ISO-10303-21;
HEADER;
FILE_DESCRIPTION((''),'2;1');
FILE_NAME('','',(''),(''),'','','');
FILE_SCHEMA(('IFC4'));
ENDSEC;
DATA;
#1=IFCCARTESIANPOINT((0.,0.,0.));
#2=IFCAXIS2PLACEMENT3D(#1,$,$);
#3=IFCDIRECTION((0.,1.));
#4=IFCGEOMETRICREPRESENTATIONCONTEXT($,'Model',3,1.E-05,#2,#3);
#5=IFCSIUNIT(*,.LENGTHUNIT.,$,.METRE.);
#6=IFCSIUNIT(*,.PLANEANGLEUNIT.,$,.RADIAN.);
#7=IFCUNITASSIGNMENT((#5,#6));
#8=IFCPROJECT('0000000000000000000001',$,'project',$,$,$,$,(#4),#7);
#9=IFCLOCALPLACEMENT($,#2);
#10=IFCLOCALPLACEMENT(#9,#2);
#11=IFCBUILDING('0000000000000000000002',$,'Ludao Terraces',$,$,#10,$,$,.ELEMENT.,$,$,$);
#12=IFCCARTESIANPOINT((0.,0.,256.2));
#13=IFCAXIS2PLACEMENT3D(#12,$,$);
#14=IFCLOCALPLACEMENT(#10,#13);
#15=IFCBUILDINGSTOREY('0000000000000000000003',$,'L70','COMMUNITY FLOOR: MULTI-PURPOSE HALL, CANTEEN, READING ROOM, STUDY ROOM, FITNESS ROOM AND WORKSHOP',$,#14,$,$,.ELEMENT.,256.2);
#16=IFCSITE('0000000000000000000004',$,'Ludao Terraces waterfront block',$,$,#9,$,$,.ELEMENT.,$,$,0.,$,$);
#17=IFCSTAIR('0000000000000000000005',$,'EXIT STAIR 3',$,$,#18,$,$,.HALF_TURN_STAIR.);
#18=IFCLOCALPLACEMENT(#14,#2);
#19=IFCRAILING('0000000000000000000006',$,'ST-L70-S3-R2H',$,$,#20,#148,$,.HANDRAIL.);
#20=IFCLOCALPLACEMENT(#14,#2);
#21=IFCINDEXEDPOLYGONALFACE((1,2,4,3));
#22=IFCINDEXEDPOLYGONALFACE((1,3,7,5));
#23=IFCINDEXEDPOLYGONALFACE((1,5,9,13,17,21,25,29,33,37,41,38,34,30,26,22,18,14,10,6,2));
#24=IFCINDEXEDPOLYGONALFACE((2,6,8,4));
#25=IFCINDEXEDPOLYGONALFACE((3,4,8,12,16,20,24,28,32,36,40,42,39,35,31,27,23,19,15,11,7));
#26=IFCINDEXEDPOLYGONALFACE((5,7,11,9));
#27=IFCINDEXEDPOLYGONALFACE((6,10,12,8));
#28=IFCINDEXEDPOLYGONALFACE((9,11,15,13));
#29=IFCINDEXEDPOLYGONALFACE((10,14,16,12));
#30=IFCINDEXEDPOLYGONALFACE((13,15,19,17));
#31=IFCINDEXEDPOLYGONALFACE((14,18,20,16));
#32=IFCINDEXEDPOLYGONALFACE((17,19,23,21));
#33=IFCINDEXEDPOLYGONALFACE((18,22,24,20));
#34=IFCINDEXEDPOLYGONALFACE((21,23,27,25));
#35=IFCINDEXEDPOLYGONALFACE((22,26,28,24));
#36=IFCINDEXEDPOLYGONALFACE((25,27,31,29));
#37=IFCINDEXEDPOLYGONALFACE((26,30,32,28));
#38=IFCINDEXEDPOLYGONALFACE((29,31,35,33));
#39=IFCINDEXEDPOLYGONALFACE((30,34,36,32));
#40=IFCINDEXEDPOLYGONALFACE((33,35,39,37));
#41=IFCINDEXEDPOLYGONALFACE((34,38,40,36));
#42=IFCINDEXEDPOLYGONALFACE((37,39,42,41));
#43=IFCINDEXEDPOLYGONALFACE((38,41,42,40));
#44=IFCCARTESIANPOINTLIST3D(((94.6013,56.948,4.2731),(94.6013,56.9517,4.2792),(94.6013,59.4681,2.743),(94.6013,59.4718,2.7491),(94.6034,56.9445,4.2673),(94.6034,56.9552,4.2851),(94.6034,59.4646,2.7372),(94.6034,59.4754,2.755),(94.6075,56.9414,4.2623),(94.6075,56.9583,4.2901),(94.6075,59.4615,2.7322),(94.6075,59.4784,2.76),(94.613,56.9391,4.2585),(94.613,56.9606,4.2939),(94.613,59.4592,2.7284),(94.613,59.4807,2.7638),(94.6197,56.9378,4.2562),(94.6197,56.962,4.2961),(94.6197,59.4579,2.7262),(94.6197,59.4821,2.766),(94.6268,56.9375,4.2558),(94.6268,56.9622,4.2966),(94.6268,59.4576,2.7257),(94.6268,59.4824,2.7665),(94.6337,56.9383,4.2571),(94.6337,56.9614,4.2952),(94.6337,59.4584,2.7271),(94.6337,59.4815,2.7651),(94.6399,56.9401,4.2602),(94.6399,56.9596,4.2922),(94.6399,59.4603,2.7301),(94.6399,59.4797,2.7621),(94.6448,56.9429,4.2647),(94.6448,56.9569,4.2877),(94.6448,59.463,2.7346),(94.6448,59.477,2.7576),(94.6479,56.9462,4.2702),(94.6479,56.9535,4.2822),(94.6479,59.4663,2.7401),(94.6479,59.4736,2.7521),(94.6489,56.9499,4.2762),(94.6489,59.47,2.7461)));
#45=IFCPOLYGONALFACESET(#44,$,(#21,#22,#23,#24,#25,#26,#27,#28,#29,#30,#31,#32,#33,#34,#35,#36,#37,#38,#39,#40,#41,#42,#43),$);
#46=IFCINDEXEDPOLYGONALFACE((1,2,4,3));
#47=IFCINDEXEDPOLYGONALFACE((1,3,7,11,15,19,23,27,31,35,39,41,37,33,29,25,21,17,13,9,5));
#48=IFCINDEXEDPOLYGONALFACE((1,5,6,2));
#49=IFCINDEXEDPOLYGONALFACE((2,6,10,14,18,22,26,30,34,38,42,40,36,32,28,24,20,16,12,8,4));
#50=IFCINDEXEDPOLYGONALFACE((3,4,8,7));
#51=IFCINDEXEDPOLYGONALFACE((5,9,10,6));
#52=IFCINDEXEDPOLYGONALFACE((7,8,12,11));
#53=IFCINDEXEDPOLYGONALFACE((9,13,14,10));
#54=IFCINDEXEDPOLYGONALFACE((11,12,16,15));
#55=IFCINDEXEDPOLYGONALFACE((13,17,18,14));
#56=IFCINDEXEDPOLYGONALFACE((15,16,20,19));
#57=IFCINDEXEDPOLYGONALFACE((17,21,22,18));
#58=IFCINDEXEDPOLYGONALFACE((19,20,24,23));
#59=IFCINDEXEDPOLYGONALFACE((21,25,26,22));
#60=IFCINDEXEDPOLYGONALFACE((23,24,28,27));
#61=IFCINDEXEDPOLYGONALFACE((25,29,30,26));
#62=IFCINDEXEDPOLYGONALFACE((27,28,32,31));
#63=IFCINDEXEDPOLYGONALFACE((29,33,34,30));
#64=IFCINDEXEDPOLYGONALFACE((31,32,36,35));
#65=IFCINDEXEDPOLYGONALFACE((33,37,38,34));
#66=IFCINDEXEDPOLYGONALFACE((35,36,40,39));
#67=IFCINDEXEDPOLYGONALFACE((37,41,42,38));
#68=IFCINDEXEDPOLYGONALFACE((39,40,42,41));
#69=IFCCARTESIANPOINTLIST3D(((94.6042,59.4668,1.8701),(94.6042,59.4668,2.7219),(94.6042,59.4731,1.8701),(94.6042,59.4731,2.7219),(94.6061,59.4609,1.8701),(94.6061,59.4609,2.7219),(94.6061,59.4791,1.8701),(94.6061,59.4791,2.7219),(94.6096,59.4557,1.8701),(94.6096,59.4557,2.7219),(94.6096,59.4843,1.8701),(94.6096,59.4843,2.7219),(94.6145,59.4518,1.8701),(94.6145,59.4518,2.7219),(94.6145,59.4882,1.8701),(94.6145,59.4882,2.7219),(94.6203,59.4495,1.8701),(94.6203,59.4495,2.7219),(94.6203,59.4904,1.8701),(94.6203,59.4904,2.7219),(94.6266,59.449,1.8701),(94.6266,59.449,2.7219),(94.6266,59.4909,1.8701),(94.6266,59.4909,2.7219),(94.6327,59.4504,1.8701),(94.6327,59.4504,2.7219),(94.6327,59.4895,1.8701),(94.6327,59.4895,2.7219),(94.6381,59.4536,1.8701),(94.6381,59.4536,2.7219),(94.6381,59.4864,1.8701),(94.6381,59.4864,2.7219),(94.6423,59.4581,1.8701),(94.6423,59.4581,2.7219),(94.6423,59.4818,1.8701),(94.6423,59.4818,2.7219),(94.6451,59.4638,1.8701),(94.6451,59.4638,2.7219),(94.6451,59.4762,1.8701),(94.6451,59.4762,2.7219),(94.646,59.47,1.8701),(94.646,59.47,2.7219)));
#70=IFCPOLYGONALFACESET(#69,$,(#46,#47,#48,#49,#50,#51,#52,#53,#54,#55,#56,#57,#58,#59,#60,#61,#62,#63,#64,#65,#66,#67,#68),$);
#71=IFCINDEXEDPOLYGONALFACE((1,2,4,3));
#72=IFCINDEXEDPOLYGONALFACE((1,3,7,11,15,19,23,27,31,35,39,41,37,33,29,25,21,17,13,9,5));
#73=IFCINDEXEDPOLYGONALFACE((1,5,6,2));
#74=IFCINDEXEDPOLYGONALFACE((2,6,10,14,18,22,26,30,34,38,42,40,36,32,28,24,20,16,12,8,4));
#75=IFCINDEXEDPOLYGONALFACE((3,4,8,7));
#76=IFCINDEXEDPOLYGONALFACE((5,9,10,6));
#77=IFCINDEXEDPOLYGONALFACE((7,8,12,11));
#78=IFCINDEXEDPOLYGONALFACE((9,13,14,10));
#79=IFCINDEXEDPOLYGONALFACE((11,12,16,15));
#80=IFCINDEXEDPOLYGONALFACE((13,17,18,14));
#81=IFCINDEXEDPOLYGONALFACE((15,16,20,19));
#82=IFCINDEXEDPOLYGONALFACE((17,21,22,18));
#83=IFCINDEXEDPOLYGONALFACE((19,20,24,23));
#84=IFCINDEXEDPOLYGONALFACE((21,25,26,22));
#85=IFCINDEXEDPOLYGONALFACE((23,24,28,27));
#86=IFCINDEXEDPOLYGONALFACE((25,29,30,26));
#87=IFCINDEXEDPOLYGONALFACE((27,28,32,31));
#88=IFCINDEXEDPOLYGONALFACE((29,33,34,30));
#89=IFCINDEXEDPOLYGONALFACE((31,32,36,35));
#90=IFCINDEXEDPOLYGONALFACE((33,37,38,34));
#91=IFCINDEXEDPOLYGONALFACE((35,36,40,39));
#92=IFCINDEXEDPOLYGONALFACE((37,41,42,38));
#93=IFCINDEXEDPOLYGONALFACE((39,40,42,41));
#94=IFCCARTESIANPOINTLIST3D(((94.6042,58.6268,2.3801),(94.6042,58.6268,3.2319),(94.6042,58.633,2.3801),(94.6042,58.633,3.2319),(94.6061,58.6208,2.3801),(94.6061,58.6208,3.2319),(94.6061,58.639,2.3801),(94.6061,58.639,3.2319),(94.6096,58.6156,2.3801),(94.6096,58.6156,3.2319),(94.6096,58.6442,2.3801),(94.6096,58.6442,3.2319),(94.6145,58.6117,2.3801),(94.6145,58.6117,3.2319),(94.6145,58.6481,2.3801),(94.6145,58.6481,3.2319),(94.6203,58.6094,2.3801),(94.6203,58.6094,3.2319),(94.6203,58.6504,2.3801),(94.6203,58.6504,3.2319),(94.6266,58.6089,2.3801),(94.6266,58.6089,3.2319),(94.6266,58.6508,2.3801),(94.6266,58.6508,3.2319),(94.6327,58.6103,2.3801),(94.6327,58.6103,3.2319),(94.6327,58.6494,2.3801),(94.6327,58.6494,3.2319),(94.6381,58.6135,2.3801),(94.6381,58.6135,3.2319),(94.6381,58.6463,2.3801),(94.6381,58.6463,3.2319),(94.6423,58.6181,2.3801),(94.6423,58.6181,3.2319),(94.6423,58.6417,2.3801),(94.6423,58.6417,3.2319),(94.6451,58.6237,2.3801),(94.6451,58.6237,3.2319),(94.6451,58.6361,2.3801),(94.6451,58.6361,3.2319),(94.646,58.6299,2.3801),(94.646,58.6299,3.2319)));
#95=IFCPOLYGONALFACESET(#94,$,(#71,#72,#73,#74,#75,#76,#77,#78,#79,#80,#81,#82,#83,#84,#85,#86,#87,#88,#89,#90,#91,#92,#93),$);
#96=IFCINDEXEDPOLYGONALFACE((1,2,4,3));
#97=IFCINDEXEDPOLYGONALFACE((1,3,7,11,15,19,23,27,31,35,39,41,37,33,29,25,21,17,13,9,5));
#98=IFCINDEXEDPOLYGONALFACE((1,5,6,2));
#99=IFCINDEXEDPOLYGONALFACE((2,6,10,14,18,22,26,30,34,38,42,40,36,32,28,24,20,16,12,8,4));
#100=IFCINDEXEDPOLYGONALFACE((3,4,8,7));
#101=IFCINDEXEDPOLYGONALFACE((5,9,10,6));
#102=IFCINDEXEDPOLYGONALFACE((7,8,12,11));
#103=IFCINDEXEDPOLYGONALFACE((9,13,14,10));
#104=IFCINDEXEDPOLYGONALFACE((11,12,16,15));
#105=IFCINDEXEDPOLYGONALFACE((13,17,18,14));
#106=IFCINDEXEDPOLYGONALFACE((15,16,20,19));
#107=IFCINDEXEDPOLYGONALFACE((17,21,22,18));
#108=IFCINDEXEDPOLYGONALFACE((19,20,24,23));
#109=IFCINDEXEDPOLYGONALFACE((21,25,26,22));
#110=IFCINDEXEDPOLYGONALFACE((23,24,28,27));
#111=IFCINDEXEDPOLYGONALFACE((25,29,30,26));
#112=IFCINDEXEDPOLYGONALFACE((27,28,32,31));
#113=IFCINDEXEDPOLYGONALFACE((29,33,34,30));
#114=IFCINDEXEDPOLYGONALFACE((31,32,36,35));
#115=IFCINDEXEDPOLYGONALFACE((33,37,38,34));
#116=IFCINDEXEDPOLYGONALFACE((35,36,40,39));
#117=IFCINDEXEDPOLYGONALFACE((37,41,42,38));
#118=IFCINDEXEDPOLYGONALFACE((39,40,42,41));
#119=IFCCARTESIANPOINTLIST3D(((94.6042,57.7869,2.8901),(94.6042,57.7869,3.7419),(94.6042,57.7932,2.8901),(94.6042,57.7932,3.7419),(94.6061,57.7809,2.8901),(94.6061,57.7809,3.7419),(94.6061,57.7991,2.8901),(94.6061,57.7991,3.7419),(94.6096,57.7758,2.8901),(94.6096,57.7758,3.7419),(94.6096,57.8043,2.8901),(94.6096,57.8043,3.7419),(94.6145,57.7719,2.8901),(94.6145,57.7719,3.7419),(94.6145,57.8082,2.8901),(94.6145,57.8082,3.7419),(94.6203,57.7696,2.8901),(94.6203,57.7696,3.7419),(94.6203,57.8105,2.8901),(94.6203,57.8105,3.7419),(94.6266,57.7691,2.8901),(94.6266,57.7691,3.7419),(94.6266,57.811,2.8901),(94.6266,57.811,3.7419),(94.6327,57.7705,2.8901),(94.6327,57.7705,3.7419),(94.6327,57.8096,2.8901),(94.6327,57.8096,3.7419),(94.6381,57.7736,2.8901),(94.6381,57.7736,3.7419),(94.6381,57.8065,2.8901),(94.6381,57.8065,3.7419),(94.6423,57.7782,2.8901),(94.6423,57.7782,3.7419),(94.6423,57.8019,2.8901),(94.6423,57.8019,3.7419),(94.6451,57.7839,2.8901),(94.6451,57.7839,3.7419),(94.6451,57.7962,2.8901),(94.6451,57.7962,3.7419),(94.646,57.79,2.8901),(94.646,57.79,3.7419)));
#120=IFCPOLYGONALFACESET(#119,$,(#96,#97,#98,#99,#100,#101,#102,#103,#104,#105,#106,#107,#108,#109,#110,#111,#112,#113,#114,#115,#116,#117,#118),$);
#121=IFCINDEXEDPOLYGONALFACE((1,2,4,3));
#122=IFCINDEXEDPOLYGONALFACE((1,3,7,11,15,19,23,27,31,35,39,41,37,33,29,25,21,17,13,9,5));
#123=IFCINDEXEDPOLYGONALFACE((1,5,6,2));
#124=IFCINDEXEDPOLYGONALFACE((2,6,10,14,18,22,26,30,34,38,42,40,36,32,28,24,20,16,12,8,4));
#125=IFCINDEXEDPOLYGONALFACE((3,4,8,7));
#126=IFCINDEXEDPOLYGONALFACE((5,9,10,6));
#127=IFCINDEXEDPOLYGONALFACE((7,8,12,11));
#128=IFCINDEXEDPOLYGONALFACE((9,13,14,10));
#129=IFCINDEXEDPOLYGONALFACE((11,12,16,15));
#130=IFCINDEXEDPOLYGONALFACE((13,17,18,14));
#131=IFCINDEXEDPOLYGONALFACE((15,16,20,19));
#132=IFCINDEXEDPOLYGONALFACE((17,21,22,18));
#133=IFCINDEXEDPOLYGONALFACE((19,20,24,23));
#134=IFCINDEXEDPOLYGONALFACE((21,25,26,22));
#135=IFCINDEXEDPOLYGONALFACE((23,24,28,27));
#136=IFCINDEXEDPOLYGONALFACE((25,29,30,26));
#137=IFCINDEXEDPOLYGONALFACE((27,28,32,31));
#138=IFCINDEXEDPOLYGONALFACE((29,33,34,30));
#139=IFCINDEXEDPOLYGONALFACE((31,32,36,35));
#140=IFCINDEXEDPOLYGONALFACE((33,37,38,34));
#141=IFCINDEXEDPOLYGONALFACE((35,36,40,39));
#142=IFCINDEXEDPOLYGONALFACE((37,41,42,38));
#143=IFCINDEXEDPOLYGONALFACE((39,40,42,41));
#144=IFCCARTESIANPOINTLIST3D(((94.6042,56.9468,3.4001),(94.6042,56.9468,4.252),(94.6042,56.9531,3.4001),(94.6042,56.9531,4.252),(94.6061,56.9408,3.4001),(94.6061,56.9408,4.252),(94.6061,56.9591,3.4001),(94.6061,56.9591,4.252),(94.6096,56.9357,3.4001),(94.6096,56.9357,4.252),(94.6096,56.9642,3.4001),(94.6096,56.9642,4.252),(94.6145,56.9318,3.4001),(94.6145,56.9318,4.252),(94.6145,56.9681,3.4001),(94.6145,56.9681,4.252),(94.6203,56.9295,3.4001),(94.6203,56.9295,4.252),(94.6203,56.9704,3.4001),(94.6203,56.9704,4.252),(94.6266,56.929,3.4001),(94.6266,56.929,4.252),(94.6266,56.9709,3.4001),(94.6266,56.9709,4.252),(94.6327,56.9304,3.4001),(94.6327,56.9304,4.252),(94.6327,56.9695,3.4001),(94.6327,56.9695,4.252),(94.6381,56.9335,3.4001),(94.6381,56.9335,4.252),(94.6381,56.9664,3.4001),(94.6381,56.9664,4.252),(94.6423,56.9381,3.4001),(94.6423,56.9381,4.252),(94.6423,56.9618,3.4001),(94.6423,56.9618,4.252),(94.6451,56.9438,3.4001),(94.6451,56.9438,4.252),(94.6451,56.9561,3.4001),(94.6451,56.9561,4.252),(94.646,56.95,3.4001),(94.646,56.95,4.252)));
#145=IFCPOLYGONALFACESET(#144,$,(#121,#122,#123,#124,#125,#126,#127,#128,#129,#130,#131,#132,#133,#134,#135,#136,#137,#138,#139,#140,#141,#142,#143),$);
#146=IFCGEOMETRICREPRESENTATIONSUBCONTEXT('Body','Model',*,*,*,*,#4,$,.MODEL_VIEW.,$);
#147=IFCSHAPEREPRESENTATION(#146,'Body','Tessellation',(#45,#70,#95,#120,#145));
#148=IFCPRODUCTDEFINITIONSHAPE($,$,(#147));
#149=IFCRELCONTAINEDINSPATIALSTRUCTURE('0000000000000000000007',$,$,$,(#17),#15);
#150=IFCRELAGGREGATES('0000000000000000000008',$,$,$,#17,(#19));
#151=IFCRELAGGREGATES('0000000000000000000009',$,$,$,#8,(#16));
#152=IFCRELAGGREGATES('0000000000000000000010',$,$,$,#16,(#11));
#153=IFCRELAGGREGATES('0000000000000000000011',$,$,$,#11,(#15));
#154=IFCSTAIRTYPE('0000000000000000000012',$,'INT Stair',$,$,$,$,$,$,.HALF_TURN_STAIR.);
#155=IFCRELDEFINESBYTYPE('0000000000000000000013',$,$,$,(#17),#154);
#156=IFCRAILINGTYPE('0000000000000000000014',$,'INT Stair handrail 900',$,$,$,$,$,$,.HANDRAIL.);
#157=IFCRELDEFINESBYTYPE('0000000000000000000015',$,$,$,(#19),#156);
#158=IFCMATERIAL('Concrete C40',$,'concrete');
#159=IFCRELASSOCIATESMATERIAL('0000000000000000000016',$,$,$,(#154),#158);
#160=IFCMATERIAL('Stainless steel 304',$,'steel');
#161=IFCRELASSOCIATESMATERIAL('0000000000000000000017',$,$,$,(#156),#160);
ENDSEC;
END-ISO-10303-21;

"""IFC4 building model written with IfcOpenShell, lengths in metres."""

from ifc_helpers import new_model, si_unit, direction, frame, origin, origin_2d, place, context, subcontext, project, spatial, circle, extrude, material, type_object, element, aggregate, save


model = new_model("IFC4")

# Units and contexts
model_context = context("Model", 3, precision=1e-05, world=origin(), true_north=direction((0.0, 1.0)))
body_context = subcontext(model_context, "Body", "Model", "MODEL_VIEW")
ifc_project = project(units=[si_unit("LENGTHUNIT", "METRE"), si_unit("PLANEANGLEUNIT", "RADIAN")], contexts=[model_context])

# Site, building, storey
site_placement = place(None, origin())
site = spatial("IfcSite", under=ifc_project, at=site_placement, Name="Ludao Terraces waterfront block", CompositionType="ELEMENT", RefElevation=0.0)
building_placement = place(site_placement, origin())
building = spatial("IfcBuilding", under=site, at=building_placement, Name="Ludao Terraces", CompositionType="ELEMENT")
storey_placement = place(building_placement, frame((0.0, 0.0, 256.2)))
storey = spatial("IfcBuildingStorey", under=building, at=storey_placement, Name="L70", Description="COMMUNITY FLOOR: MULTI-PURPOSE HALL, CANTEEN, READING ROOM, STUDY ROOM, FITNESS ROOM AND WORKSHOP", CompositionType="ELEMENT", Elevation=256.2)

# Shared definitions
ifc_material_1 = material(Name="Concrete C40", Category="concrete")

# Stair, railing
stair_type = type_object("IfcStairType", Name="INT Stair", PredefinedType="HALF_TURN_STAIR", material=ifc_material_1)
stair_placement = place(storey_placement, origin())
stair = element("IfcStair", 1, at=stair_placement, inside=storey, type_object=stair_type, Name="EXIT STAIR 3", PredefinedType="HALF_TURN_STAIR")
ifc_material_2 = material(Name="Stainless steel 304", Category="steel")
railing_type = type_object("IfcRailingType", Name="INT Stair handrail 900", PredefinedType="HANDRAIL", material=ifc_material_2)
railing_placement = place(storey_placement, frame((94.625, 59.47, 1.8701)))
railing = element("IfcRailing", 2, at=railing_placement, type_object=railing_type, Name="ST-L70-S3-R2H", PredefinedType="HANDRAIL", context=body_context, shape_type="SweptSolid", body=[
    extrude(circle(Radius=0.0239, at=origin_2d()), frame((0.0, 0.0, 0.876), z_axis=(0.0, -0.854785, 0.518982), x_axis=(1.0, 0.0, 0.0)), (0.0, 0.0, 1.0), 2.9482),
    extrude(circle(Radius=0.021, at=origin_2d()), origin(), (0.0, 0.0, 1.0), 0.8518),
    extrude(circle(Radius=0.021, at=origin_2d()), frame((0.0, -0.8401, 0.51)), (0.0, 0.0, 1.0), 0.8518),
    extrude(circle(Radius=0.021, at=origin_2d()), frame((0.0, -1.6799, 1.02)), (0.0, 0.0, 1.0), 0.8518),
    extrude(circle(Radius=0.021, at=origin_2d()), frame((0.0, -2.52, 1.53)), (0.0, 0.0, 1.0), 0.8518),
])
aggregate(stair, [railing])

save(model, "model.ifc")
